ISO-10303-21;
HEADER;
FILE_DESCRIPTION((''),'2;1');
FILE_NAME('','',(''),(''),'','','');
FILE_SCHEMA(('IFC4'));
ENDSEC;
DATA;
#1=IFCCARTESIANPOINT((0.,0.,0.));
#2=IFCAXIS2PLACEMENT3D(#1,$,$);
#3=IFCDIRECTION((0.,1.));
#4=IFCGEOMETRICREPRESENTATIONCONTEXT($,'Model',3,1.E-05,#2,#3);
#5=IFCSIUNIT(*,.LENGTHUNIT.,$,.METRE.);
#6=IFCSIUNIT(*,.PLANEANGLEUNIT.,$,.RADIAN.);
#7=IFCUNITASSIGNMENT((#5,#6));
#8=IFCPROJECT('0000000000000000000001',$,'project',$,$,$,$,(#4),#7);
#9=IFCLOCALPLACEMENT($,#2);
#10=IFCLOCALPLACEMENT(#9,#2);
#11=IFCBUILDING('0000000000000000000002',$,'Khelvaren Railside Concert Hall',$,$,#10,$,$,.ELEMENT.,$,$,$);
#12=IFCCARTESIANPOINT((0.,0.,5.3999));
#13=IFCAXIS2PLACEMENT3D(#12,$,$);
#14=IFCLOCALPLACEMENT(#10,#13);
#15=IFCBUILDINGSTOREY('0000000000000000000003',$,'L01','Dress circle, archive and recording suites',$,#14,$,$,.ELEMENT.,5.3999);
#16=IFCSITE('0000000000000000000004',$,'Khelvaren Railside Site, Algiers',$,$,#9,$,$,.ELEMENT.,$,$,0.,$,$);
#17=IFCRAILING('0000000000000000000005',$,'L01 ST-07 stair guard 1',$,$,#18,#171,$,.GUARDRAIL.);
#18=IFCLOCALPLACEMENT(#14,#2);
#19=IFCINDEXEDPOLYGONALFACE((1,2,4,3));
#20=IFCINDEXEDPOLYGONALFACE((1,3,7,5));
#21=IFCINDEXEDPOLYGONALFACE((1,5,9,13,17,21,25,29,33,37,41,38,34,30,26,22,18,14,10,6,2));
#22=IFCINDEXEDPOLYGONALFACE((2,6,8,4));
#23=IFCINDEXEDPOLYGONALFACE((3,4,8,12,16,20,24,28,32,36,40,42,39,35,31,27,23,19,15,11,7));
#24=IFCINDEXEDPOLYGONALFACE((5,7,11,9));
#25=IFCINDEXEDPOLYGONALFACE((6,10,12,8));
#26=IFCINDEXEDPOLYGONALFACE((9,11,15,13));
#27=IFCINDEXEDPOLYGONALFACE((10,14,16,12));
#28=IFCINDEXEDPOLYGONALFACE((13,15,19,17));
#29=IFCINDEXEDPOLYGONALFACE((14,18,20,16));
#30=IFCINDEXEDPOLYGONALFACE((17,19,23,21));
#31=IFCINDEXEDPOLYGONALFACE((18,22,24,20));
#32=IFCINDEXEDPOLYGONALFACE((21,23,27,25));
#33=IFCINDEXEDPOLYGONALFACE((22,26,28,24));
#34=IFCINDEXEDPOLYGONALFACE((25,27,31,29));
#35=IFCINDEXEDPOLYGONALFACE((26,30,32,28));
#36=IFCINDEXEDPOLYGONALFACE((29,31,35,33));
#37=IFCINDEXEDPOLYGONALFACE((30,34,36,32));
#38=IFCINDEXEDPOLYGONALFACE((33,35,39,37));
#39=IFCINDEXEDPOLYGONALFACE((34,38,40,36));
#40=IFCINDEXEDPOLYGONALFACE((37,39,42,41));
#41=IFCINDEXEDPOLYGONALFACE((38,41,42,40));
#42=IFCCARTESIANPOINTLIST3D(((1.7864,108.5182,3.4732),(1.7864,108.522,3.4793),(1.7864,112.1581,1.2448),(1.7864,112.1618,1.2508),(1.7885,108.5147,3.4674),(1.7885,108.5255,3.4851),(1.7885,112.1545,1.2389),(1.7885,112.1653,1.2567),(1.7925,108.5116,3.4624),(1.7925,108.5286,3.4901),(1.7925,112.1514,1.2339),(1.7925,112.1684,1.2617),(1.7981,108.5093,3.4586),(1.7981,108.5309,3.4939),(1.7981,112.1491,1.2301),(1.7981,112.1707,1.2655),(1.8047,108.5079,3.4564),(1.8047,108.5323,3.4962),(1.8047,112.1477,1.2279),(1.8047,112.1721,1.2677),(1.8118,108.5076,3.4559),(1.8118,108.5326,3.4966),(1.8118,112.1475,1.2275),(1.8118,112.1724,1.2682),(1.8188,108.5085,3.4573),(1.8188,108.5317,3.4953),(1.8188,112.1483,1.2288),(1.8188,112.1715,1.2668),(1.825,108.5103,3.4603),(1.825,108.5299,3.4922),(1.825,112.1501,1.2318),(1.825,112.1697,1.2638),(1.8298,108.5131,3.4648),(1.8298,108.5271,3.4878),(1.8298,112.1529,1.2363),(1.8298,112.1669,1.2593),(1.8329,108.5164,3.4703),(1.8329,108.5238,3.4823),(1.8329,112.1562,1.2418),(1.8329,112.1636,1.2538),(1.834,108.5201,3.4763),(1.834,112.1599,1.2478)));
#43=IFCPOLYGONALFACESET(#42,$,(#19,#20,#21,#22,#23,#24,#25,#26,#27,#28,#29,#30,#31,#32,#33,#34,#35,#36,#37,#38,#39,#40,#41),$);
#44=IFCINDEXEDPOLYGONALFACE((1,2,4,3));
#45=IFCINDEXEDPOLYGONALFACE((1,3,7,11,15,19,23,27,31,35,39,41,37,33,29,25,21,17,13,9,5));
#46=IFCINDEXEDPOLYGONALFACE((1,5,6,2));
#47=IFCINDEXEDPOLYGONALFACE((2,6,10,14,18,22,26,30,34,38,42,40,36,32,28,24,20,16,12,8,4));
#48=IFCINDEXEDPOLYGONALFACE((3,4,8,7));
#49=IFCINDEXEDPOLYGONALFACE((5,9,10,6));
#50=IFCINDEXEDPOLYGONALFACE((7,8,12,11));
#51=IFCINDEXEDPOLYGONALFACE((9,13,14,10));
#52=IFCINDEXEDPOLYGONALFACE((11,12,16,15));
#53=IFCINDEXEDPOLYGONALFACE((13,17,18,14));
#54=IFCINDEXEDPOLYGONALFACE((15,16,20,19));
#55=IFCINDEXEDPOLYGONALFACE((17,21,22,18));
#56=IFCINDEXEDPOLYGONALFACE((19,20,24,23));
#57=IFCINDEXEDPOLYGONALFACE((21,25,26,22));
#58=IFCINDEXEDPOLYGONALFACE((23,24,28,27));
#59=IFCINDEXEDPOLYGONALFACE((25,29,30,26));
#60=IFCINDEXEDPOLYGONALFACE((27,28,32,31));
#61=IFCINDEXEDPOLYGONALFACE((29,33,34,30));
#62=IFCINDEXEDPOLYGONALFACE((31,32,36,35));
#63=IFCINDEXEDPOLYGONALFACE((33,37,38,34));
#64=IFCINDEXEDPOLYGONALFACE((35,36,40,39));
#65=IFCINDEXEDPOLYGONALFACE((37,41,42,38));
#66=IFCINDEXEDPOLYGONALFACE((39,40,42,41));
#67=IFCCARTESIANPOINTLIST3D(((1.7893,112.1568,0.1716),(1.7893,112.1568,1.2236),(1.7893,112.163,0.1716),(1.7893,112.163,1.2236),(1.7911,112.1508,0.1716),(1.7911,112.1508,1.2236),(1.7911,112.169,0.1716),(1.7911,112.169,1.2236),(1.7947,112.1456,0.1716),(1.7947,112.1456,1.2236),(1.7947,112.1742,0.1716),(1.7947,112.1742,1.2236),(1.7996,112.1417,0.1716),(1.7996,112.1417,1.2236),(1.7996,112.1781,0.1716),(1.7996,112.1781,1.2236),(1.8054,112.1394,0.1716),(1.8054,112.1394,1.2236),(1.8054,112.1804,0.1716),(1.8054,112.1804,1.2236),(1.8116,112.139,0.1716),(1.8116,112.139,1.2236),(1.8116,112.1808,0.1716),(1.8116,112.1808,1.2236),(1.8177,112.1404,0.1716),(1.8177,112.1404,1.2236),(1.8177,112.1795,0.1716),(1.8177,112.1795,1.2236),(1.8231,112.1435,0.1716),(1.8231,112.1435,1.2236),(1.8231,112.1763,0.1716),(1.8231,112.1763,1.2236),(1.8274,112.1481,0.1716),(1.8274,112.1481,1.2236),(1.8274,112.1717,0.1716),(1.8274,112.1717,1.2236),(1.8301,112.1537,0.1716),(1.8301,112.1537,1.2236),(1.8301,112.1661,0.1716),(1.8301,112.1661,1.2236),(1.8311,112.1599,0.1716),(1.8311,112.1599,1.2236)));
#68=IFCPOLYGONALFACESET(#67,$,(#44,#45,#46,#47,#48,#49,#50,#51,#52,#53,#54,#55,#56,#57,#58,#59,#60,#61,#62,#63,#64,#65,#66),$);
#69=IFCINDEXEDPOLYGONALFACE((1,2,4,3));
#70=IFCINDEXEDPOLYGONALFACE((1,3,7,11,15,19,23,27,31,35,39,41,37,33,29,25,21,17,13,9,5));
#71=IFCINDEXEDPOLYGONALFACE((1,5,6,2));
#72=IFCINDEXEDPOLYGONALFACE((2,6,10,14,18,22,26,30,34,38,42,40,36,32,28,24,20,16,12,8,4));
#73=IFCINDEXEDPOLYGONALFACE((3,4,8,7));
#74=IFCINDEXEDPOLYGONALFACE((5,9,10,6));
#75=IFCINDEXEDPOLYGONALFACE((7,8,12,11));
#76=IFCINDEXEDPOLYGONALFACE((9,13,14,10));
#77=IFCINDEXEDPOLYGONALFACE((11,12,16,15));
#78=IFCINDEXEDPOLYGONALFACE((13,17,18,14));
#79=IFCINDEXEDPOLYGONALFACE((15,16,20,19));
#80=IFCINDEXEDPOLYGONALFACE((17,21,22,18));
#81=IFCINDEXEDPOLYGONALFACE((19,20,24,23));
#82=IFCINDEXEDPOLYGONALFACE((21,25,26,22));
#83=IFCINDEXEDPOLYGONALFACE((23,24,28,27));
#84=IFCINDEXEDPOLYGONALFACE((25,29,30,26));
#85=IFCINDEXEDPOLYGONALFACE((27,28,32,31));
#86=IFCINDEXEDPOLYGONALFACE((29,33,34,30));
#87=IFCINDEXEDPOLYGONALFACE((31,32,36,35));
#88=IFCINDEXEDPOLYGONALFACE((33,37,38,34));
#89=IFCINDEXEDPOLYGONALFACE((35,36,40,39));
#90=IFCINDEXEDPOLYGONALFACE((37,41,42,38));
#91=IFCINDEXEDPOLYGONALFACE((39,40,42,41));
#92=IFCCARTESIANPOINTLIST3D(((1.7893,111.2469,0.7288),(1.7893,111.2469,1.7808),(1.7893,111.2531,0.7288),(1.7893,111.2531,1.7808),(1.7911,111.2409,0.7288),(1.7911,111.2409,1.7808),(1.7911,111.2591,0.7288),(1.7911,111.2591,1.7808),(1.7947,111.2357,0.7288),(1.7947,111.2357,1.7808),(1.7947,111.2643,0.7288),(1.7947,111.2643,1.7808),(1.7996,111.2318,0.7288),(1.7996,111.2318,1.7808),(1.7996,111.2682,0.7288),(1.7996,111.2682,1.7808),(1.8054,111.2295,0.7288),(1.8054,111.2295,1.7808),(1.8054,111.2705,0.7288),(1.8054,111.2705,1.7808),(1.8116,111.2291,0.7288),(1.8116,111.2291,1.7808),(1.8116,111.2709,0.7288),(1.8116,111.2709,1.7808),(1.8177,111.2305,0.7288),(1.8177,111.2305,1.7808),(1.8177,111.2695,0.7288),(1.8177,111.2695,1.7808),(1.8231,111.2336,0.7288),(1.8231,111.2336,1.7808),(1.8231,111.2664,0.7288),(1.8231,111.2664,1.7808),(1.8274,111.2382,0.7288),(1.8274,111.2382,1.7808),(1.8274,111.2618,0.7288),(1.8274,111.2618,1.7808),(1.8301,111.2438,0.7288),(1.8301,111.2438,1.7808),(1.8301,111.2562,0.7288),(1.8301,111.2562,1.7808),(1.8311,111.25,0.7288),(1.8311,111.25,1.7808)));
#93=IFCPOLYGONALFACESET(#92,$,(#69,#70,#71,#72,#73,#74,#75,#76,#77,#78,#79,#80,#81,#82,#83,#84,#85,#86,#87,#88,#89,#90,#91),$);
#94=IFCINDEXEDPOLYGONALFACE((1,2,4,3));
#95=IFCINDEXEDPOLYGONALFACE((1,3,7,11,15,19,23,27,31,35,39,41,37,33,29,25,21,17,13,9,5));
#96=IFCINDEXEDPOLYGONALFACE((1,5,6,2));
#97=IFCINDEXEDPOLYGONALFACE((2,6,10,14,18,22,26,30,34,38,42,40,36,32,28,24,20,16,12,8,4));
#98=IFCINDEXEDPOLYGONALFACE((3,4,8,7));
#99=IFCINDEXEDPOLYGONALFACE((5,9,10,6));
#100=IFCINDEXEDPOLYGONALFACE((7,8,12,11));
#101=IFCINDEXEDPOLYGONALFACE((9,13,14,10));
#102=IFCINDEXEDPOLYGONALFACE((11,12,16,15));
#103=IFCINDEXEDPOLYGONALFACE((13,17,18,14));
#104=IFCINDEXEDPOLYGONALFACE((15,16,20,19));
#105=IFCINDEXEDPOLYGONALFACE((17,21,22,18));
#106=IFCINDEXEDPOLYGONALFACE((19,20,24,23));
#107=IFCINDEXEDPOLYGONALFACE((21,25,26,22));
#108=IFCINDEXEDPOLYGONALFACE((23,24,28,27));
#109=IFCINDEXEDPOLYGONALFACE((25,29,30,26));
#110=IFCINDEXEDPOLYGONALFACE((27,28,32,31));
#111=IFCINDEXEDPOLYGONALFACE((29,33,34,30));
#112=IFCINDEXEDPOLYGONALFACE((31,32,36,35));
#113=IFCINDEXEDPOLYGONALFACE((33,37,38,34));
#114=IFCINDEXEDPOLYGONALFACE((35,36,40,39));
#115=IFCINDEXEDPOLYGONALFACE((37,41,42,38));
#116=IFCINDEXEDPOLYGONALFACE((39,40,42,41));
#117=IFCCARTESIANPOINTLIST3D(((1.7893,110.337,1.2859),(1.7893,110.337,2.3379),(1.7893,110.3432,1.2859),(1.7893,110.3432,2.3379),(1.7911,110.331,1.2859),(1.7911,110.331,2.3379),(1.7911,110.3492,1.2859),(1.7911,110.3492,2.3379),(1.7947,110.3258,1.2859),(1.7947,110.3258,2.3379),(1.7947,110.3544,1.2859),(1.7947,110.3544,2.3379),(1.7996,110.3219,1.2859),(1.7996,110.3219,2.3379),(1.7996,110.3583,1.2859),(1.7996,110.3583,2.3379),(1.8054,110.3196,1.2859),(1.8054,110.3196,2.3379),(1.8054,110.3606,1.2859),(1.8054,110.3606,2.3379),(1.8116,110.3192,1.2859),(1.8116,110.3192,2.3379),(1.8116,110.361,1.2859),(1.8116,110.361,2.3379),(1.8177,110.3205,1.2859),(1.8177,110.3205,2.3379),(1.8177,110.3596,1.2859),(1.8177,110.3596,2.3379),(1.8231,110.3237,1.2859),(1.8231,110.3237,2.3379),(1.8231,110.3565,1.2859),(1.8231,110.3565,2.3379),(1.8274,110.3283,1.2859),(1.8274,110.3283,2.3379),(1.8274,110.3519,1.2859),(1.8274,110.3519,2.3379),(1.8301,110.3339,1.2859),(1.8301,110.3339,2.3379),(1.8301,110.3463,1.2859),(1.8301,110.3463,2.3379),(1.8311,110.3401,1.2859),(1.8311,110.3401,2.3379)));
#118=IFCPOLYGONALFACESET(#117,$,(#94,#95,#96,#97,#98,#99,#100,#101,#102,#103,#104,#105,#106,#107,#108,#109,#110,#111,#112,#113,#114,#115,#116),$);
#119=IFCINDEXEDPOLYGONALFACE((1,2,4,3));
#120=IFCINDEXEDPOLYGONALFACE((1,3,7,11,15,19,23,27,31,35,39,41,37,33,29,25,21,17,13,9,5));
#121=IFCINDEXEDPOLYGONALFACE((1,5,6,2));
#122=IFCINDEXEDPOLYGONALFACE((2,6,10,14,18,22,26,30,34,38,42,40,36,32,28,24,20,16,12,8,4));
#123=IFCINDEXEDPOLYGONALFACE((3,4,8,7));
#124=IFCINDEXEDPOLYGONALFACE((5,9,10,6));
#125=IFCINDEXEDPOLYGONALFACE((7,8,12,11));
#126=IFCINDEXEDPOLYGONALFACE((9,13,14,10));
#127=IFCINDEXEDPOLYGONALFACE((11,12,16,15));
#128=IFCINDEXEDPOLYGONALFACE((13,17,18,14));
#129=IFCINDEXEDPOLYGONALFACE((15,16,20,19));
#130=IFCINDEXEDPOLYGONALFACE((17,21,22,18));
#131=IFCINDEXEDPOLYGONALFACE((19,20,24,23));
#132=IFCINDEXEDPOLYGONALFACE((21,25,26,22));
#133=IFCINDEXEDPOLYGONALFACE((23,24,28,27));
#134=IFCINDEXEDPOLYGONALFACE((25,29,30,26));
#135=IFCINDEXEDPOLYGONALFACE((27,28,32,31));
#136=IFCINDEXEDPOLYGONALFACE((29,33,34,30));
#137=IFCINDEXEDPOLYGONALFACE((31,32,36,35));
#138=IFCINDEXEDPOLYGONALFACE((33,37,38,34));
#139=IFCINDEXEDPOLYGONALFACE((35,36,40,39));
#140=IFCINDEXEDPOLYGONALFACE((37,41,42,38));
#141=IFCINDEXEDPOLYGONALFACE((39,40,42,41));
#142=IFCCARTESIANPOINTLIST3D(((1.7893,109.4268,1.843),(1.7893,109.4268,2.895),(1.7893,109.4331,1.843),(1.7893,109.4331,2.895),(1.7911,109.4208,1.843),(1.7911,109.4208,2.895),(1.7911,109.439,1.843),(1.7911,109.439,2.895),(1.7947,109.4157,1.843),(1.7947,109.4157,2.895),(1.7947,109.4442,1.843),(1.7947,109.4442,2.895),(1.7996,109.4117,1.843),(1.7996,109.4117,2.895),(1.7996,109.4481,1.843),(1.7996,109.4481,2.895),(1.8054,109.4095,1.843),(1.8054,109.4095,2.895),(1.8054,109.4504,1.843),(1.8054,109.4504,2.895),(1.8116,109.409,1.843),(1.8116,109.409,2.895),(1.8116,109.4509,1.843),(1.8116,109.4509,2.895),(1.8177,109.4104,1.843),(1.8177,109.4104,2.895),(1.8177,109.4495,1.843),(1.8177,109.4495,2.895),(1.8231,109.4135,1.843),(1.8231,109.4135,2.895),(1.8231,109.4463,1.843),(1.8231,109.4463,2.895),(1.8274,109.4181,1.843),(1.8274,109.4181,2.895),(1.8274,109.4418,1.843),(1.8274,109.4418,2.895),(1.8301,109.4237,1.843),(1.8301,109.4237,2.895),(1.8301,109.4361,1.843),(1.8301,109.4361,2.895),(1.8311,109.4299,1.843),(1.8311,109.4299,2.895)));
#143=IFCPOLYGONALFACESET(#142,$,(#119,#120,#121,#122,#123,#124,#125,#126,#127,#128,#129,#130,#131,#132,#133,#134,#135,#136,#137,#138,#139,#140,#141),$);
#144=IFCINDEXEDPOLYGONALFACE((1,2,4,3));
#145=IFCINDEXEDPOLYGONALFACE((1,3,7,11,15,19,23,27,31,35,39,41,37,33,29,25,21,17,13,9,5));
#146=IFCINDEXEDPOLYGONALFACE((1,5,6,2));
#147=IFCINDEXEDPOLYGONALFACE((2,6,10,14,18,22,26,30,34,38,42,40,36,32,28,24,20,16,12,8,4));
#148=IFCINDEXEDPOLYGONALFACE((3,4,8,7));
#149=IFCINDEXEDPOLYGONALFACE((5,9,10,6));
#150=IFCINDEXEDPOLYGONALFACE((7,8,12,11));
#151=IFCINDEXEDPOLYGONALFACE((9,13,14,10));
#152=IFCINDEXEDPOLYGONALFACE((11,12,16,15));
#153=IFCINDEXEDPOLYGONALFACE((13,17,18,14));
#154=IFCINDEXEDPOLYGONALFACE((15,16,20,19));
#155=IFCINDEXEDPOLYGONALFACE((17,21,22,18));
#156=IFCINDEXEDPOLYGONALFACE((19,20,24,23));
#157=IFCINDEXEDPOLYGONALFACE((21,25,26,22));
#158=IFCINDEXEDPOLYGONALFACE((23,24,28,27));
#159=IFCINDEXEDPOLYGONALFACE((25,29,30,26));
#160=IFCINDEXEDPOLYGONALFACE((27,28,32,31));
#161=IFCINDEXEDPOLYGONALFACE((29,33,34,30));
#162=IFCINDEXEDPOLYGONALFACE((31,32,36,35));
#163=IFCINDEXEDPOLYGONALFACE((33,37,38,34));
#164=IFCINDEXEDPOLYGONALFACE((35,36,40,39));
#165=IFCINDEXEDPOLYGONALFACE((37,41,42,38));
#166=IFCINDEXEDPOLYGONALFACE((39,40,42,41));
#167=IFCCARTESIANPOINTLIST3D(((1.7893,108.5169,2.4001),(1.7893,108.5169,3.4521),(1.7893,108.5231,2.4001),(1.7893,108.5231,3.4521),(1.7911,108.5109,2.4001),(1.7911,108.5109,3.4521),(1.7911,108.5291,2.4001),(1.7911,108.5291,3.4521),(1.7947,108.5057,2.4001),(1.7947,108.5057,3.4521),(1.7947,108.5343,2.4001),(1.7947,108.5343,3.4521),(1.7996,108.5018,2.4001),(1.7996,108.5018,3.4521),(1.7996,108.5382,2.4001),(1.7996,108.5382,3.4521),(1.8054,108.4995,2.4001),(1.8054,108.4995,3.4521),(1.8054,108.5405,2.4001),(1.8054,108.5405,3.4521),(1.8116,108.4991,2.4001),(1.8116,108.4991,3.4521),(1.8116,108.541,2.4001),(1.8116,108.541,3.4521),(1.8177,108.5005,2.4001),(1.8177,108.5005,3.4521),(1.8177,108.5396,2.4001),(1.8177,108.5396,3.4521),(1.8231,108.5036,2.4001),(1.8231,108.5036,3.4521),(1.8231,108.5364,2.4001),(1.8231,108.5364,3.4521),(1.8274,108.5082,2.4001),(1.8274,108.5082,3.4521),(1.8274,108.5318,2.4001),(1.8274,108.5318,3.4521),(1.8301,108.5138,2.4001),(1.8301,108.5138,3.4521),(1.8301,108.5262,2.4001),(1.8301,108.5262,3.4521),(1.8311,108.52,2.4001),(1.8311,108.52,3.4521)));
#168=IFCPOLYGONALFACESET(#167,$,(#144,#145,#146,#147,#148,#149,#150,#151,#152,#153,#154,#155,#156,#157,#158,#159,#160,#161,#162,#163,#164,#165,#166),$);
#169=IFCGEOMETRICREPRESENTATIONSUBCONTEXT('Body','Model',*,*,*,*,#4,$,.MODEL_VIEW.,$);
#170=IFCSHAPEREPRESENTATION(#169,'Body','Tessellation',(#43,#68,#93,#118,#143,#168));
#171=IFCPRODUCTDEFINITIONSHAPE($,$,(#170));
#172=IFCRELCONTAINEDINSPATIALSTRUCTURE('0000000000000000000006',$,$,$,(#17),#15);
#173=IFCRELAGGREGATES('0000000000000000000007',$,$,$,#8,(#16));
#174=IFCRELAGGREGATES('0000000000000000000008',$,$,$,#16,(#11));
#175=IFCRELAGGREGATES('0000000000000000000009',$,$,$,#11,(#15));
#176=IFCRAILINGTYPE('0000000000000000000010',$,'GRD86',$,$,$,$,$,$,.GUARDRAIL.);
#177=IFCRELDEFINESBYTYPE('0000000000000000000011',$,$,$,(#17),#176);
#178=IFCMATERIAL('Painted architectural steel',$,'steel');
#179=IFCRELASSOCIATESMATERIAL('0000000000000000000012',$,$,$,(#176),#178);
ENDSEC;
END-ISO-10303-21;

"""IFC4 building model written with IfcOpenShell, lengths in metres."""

from ifc_helpers import new_model, si_unit, direction, frame, origin, origin_2d, place, context, subcontext, project, spatial, circle, extrude, material, type_object, element, save


model = new_model("IFC4")

# Units and contexts
model_context = context("Model", 3, precision=1e-05, world=origin(), true_north=direction((0.0, 1.0)))
body_context = subcontext(model_context, "Body", "Model", "MODEL_VIEW")
ifc_project = project(units=[si_unit("LENGTHUNIT", "METRE"), si_unit("PLANEANGLEUNIT", "RADIAN")], contexts=[model_context])

# Site, building, storey
site_placement = place(None, origin())
site = spatial("IfcSite", under=ifc_project, at=site_placement, Name="Khelvaren Railside Site, Algiers", CompositionType="ELEMENT", RefElevation=0.0)
building_placement = place(site_placement, origin())
building = spatial("IfcBuilding", under=site, at=building_placement, Name="Khelvaren Railside Concert Hall", CompositionType="ELEMENT")
storey_placement = place(building_placement, frame((0.0, 0.0, 5.3999)))
storey = spatial("IfcBuildingStorey", under=building, at=storey_placement, Name="L01", Description="Dress circle, archive and recording suites", CompositionType="ELEMENT", Elevation=5.3999)

# Railing
ifc_material_1 = material(Name="Painted architectural steel", Category="steel")
railing_type_1 = type_object("IfcRailingType", Name="GRD86", PredefinedType="GUARDRAIL", material=ifc_material_1)
railing_1_placement = place(storey_placement, frame((1.8101, 112.1599, 0.1716)))
element("IfcRailing", 1, at=railing_1_placement, inside=storey, type_object=railing_type_1, Name="L01 ST-07 stair guard 1", PredefinedType="GUARDRAIL", context=body_context, shape_type="SweptSolid", body=[
    extrude(circle(Radius=0.0239, at=origin_2d()), frame((0.0, 0.0, 1.0762), z_axis=(0.0, -0.85285, 0.522156), x_axis=(1.0, 0.0, 0.0)), (0.0, 0.0, 1.0), 4.2678),
    extrude(circle(Radius=0.021, at=origin_2d()), origin(), (0.0, 0.0, 1.0), 1.052),
    extrude(circle(Radius=0.021, at=origin_2d()), frame((0.0, -0.9099, 0.5571)), (0.0, 0.0, 1.0), 1.052),
    extrude(circle(Radius=0.021, at=origin_2d()), frame((0.0, -1.8198, 1.1143)), (0.0, 0.0, 1.0), 1.052),
    extrude(circle(Radius=0.021, at=origin_2d()), frame((0.0, -2.73, 1.6714)), (0.0, 0.0, 1.0), 1.052),
    extrude(circle(Radius=0.021, at=origin_2d()), frame((0.0, -3.6399, 2.2285)), (0.0, 0.0, 1.0), 1.052),
])

save(model, "model.ifc")
